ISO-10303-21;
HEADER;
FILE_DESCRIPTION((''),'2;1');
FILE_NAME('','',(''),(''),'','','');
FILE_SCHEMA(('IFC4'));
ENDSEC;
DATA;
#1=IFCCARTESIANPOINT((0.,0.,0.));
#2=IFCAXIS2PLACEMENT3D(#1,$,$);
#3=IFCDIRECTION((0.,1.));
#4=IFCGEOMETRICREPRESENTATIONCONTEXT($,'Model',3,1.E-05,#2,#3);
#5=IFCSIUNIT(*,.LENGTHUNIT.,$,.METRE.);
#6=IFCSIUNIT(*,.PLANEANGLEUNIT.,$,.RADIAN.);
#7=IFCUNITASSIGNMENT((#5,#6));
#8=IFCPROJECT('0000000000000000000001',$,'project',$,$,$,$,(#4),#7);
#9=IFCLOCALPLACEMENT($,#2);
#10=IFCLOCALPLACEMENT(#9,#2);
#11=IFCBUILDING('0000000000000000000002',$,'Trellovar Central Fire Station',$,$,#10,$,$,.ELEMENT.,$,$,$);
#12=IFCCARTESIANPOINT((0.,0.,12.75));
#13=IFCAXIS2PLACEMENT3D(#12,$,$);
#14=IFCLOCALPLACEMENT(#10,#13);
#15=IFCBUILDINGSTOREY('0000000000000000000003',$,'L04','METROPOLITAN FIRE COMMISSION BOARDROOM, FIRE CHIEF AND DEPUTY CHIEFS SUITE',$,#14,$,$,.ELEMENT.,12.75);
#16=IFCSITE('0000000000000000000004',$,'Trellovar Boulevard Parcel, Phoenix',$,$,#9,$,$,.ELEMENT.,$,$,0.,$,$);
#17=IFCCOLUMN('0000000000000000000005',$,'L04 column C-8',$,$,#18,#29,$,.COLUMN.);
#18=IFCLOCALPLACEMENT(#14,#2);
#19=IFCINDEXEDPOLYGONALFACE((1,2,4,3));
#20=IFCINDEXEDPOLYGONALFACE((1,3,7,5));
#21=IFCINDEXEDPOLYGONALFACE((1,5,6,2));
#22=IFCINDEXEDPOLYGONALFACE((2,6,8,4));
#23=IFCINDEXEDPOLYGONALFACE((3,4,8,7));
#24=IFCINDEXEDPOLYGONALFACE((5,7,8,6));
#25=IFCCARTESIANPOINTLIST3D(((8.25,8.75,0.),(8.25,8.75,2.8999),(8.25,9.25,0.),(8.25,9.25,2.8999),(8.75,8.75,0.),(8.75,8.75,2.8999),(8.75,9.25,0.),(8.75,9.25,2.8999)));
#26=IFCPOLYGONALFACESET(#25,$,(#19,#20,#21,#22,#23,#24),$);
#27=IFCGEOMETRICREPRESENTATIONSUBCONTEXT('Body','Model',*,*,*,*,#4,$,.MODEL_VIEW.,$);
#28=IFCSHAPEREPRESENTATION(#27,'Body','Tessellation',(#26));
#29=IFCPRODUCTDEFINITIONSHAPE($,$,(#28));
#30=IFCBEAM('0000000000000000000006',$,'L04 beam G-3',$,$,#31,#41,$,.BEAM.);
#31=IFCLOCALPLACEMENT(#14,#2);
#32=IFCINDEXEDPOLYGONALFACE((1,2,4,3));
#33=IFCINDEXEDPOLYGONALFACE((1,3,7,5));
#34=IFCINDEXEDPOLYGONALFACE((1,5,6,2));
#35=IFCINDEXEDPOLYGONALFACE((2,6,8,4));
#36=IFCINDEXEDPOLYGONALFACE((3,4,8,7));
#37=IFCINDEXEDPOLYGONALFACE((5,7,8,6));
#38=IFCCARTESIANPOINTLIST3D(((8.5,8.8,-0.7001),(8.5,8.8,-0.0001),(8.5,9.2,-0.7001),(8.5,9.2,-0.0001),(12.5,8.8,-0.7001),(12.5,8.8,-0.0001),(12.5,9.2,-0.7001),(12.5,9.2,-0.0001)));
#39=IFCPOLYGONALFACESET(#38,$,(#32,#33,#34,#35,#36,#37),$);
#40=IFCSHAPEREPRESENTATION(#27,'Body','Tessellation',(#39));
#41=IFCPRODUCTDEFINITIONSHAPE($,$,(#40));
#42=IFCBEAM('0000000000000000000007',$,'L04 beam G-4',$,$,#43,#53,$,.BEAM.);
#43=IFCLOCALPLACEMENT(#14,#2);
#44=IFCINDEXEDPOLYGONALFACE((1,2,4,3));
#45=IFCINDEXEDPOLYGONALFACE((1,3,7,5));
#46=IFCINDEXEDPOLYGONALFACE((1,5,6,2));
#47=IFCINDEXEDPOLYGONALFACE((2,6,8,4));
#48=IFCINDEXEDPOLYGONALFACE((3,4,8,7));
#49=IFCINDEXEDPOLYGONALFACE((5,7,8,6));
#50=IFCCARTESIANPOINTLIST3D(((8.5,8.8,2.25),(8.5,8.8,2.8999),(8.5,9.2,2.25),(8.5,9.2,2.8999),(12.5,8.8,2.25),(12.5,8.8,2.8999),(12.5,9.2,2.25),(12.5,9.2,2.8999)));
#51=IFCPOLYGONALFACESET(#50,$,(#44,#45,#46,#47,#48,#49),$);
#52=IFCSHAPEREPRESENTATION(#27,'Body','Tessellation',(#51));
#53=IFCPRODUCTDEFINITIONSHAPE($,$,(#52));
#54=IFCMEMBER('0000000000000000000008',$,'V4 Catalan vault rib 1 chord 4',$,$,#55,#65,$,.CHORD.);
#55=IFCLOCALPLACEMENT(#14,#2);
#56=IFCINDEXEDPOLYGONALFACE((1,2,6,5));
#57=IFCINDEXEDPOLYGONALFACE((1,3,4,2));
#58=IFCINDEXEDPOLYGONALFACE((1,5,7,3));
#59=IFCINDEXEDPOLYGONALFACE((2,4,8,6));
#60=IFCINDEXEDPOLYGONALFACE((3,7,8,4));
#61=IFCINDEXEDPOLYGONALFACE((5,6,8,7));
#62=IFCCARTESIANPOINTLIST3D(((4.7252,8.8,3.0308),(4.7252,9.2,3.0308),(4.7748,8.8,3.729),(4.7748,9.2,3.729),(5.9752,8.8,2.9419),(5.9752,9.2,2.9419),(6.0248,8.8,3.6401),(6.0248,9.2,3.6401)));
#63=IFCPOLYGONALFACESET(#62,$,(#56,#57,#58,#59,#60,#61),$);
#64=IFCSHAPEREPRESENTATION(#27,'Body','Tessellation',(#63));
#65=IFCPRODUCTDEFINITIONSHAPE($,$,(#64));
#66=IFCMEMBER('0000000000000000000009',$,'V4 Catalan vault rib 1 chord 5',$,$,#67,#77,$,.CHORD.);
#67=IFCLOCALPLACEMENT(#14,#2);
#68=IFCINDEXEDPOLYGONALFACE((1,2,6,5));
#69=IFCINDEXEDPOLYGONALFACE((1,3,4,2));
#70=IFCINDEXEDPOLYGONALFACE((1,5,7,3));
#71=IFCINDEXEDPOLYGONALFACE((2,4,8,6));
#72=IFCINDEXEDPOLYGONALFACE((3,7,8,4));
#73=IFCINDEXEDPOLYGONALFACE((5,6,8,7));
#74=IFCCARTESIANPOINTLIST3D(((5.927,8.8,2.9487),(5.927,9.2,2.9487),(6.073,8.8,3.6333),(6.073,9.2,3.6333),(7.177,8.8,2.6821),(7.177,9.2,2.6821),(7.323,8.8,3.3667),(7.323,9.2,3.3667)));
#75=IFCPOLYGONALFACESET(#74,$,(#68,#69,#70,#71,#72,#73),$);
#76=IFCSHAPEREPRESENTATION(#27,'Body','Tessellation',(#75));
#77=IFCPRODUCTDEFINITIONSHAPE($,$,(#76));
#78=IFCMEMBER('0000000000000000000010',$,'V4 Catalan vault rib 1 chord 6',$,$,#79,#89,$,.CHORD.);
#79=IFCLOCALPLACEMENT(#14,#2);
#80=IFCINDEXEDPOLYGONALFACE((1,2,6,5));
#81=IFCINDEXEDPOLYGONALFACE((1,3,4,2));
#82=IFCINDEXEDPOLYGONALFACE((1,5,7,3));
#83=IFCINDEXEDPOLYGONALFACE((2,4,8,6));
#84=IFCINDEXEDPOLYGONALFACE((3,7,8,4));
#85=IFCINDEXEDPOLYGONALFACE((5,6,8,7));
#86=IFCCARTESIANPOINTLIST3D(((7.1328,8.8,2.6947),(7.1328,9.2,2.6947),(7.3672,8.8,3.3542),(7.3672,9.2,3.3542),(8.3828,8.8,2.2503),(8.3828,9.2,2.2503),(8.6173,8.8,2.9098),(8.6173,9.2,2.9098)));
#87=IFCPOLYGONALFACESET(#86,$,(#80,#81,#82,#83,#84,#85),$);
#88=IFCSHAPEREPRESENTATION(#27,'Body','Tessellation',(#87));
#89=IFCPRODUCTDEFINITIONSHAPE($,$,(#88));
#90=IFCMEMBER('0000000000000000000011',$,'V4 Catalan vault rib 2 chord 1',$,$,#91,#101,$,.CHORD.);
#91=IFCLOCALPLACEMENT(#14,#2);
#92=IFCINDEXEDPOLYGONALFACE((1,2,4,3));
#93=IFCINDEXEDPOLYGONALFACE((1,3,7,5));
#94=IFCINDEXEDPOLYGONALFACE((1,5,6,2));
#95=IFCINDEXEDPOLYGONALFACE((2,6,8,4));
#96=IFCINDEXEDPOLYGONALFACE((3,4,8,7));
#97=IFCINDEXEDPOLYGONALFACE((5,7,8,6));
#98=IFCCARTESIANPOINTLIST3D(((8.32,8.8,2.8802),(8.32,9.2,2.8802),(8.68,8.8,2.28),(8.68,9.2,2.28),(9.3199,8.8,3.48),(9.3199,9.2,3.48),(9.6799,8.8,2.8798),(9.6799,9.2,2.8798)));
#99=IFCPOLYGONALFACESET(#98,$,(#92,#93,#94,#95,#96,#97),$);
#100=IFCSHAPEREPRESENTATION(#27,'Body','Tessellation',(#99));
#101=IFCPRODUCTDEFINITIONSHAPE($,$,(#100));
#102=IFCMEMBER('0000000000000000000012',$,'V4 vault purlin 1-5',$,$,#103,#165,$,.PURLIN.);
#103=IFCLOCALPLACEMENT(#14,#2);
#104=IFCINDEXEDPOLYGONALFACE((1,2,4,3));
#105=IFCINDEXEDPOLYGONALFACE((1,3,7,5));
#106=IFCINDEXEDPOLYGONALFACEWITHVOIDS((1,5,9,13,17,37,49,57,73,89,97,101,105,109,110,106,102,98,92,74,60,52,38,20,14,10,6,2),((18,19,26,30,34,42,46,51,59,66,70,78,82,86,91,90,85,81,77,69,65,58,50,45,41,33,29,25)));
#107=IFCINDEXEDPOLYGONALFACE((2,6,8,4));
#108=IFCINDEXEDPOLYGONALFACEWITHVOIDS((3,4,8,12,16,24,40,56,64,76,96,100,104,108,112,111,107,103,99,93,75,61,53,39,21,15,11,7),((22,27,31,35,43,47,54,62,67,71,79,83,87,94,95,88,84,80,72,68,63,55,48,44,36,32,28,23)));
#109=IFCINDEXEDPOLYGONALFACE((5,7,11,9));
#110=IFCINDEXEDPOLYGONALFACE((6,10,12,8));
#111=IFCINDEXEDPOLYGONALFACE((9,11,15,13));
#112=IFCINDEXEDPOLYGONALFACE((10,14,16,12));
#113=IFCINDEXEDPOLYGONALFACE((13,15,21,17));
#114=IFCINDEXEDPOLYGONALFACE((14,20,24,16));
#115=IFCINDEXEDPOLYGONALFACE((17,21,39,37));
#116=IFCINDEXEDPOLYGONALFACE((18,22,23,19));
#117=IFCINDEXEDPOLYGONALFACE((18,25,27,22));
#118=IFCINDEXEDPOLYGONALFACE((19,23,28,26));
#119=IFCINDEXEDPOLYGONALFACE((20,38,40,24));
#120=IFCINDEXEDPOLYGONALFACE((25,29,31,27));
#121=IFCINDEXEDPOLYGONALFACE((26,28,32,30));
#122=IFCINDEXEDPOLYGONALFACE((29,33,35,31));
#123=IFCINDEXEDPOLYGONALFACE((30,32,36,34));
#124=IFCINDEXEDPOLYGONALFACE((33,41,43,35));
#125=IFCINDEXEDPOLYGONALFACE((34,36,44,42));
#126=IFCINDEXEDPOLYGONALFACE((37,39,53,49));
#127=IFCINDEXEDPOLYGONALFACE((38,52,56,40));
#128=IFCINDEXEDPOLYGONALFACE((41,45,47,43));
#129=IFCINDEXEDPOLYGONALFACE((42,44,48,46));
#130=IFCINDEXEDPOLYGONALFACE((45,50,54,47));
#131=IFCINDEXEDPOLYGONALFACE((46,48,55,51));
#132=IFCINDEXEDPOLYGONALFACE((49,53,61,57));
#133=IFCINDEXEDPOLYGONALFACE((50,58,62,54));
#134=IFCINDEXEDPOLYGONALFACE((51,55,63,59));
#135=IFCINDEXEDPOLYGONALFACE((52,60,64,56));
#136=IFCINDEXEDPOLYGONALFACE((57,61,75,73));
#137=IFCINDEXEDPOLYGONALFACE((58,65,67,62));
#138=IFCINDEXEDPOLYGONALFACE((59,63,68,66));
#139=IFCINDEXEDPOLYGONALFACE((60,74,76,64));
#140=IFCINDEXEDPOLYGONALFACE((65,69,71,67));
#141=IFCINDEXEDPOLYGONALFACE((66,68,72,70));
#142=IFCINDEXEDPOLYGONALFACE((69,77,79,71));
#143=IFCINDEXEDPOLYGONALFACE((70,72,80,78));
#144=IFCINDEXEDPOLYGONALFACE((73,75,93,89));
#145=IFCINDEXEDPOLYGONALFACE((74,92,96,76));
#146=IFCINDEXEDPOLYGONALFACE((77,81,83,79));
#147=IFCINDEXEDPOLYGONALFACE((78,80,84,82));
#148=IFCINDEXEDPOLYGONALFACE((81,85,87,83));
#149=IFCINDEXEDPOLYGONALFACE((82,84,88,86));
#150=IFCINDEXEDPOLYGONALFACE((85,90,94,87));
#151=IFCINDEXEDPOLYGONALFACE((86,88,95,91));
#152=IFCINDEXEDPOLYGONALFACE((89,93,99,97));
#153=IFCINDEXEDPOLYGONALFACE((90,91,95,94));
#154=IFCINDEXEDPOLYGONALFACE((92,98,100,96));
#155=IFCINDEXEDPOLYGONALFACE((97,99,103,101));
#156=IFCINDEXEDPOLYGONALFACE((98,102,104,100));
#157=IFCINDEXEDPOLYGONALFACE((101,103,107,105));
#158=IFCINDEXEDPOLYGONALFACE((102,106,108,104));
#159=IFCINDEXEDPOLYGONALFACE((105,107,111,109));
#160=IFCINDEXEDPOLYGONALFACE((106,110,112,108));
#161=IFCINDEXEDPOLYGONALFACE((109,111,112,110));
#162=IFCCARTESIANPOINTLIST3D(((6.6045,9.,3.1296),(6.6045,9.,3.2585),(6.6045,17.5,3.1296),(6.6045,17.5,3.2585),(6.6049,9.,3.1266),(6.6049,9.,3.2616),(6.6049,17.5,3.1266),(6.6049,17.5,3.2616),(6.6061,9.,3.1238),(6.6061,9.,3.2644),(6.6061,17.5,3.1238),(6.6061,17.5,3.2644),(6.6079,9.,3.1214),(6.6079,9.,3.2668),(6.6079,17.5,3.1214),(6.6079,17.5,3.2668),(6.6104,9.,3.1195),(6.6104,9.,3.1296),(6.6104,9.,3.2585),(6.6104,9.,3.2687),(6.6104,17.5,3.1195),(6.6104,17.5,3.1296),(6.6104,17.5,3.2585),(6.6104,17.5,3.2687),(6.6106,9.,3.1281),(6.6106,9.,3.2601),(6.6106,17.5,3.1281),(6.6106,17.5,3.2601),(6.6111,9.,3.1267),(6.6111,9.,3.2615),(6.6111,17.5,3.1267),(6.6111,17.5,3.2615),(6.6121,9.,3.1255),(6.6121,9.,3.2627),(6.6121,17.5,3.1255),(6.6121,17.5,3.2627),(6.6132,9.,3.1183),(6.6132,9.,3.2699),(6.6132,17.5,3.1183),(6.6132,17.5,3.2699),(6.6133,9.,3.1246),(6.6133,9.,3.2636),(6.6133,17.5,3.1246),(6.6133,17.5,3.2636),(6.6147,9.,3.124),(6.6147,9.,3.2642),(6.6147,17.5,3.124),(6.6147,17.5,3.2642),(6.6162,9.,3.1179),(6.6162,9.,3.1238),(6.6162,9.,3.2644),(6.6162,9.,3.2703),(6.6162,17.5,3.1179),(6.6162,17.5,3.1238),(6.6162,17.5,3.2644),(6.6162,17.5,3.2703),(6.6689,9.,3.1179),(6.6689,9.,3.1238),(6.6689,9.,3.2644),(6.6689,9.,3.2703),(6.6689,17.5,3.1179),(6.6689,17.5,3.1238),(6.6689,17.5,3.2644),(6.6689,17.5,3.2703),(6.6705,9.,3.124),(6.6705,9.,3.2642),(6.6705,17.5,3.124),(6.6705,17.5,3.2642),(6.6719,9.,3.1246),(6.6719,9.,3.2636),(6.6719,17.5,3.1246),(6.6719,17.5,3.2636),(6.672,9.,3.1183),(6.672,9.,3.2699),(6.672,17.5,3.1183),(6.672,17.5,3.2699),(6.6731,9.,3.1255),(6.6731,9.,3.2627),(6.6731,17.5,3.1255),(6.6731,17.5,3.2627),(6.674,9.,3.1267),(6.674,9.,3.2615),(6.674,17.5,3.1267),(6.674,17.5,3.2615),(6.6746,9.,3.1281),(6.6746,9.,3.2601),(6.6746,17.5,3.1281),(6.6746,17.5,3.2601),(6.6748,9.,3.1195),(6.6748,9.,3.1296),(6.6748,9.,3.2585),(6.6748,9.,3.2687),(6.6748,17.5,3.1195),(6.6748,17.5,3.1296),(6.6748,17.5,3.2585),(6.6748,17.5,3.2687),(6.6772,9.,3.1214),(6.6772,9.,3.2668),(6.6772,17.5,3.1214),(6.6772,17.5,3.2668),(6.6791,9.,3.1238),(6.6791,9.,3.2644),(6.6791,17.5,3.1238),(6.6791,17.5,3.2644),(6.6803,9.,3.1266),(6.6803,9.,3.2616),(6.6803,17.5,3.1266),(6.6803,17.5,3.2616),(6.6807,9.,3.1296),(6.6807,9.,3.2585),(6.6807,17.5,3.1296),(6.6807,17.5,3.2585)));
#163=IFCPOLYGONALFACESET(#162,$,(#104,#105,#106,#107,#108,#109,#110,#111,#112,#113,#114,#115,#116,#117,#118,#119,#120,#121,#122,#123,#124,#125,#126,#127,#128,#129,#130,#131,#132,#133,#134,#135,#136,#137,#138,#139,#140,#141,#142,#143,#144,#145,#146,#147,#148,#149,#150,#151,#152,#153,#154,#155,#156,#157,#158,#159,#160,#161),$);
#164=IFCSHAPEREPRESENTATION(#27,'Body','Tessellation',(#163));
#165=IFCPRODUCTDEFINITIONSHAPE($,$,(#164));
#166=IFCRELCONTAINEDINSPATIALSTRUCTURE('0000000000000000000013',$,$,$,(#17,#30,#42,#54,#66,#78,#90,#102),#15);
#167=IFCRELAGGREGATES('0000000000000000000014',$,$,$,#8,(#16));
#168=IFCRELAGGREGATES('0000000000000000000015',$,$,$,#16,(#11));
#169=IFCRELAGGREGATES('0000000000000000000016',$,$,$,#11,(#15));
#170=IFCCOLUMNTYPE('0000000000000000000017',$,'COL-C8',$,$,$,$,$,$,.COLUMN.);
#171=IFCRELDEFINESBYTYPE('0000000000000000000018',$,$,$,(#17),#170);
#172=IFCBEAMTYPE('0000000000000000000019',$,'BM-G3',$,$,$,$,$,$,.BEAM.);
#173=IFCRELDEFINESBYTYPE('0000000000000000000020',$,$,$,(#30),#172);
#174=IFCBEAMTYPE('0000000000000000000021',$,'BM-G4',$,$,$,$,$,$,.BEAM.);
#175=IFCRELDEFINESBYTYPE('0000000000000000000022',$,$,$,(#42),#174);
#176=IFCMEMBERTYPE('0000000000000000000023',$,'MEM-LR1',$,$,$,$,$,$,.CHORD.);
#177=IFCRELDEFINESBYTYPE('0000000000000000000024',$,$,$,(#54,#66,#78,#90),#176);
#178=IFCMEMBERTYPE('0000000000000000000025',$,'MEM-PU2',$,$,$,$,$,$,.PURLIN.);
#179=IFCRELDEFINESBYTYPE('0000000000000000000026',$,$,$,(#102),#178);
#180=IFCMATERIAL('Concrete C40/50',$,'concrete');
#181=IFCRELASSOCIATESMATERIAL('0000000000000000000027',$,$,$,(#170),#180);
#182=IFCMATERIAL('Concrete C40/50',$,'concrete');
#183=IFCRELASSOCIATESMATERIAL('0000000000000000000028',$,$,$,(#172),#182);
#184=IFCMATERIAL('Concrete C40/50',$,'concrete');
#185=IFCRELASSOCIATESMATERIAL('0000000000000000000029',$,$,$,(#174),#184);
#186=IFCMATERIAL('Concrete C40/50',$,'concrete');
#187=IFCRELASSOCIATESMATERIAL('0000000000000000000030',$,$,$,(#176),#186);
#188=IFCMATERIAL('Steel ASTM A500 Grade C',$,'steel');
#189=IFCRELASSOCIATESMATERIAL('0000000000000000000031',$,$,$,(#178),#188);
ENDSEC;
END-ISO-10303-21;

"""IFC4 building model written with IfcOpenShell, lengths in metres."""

from ifc_helpers import new_model, si_unit, direction, frame, origin, origin_2d, place, context, subcontext, project, spatial, rectangle, hollow_rectangle, extrude, material, material_profile, profile_set, type_object, element, save


model = new_model("IFC4")

# Units and contexts
model_context = context("Model", 3, precision=1e-05, world=origin(), true_north=direction((0.0, 1.0)))
body_context = subcontext(model_context, "Body", "Model", "MODEL_VIEW")
ifc_project = project(units=[si_unit("LENGTHUNIT", "METRE"), si_unit("PLANEANGLEUNIT", "RADIAN")], contexts=[model_context])

# Site, building, storey
site_placement = place(None, origin())
site = spatial("IfcSite", under=ifc_project, at=site_placement, Name="Trellovar Boulevard Parcel, Phoenix", CompositionType="ELEMENT", RefElevation=0.0)
building_placement = place(site_placement, origin())
building = spatial("IfcBuilding", under=site, at=building_placement, Name="Trellovar Central Fire Station", CompositionType="ELEMENT")
storey_placement = place(building_placement, frame((0.0, 0.0, 12.75)))
storey = spatial("IfcBuildingStorey", under=building, at=storey_placement, Name="L04", Description="METROPOLITAN FIRE COMMISSION BOARDROOM, FIRE CHIEF AND DEPUTY CHIEFS SUITE", CompositionType="ELEMENT", Elevation=12.75)

# Column
ifc_material_1 = material(Name="Concrete C40/50", Category="concrete")
ifc_material_profile_1 = material_profile(ifc_material_1, rectangle(XDim=0.5, YDim=0.5, at=origin_2d()), Name="RC500X500")
ifc_profile_set_1 = profile_set([ifc_material_profile_1], Name="Concrete C40/50")
column_type = type_object("IfcColumnType", Name="COL-C8", PredefinedType="COLUMN", material=ifc_profile_set_1)
column_placement = place(storey_placement, frame((8.5, 9.0, 0.0), z_axis=(0.0, 0.0, 1.0), x_axis=(1.0, 0.0, 0.0)))
element("IfcColumn", 1, at=column_placement, inside=storey, type_object=column_type, Name="L04 column C-8", PredefinedType="COLUMN", context=body_context, shape_type="SweptSolid", body=[
    extrude(rectangle(XDim=0.5, YDim=0.5, at=origin_2d()), origin(), (0.0, 0.0, 1.0), 2.8999),
])

# Beams
ifc_material_2 = material(Name="Concrete C40/50", Category="concrete")
ifc_material_profile_2 = material_profile(ifc_material_2, rectangle(XDim=0.3999, YDim=0.7, at=origin_2d()), Name="RC400X700")
ifc_profile_set_2 = profile_set([ifc_material_profile_2], Name="Concrete C40/50")
beam_type_1 = type_object("IfcBeamType", Name="BM-G3", PredefinedType="BEAM", material=ifc_profile_set_2)
beam_1_placement = place(storey_placement, frame((8.5, 9.0, -0.3501), z_axis=(1.0, 0.0, 0.0), x_axis=(0.0, 1.0, 0.0)))
element("IfcBeam", 2, at=beam_1_placement, inside=storey, type_object=beam_type_1, Name="L04 beam G-3", PredefinedType="BEAM", context=body_context, shape_type="SweptSolid", body=[
    extrude(rectangle(XDim=0.3999, YDim=0.7, at=origin_2d()), origin(), (0.0, 0.0, 1.0), 4.0),
])
ifc_material_3 = material(Name="Concrete C40/50", Category="concrete")
ifc_material_profile_3 = material_profile(ifc_material_3, rectangle(XDim=0.3999, YDim=0.6499, at=origin_2d()), Name="RC400X650")
ifc_profile_set_3 = profile_set([ifc_material_profile_3], Name="Concrete C40/50")
beam_type_2 = type_object("IfcBeamType", Name="BM-G4", PredefinedType="BEAM", material=ifc_profile_set_3)
beam_2_placement = place(storey_placement, frame((8.5, 9.0, 2.575), z_axis=(1.0, 0.0, 0.0), x_axis=(0.0, 1.0, 0.0)))
element("IfcBeam", 3, at=beam_2_placement, inside=storey, type_object=beam_type_2, Name="L04 beam G-4", PredefinedType="BEAM", context=body_context, shape_type="SweptSolid", body=[
    extrude(rectangle(XDim=0.3999, YDim=0.6499, at=origin_2d()), origin(), (0.0, 0.0, 1.0), 4.0),
])

# Members
ifc_material_4 = material(Name="Concrete C40/50", Category="concrete")
ifc_material_profile_4 = material_profile(ifc_material_4, rectangle(XDim=0.3999, YDim=0.7, at=origin_2d()), Name="RC400X700")
ifc_profile_set_4 = profile_set([ifc_material_profile_4], Name="Concrete C40/50")
member_type_1 = type_object("IfcMemberType", Name="MEM-LR1", PredefinedType="CHORD", material=ifc_profile_set_4)
member_1_placement = place(storey_placement, frame((4.75, 9.0, 3.3799), z_axis=(0.997482, 0.0, -0.070915), x_axis=(0.0, 1.0, 0.0)))
element("IfcMember", 4, at=member_1_placement, inside=storey, type_object=member_type_1, Name="V4 Catalan vault rib 1 chord 4", PredefinedType="CHORD", context=body_context, shape_type="SweptSolid", body=[
    extrude(rectangle(XDim=0.3999, YDim=0.7, at=origin_2d()), origin(), (0.0, 0.0, 1.0), 1.2532),
])
member_2_placement = place(storey_placement, frame((6.0, 9.0, 3.291), z_axis=(0.978003, 0.0, -0.20859), x_axis=(0.0, 1.0, 0.0)))
element("IfcMember", 5, at=member_2_placement, inside=storey, type_object=member_type_1, Name="V4 Catalan vault rib 1 chord 5", PredefinedType="CHORD", context=body_context, shape_type="SweptSolid", body=[
    extrude(rectangle(XDim=0.3999, YDim=0.7, at=origin_2d()), origin(), (0.0, 0.0, 1.0), 1.2781),
])
member_3_placement = place(storey_placement, frame((7.25, 9.0, 3.0244), z_axis=(0.942241, 0.0, -0.334937), x_axis=(0.0, 1.0, 0.0)))
element("IfcMember", 6, at=member_3_placement, inside=storey, type_object=member_type_1, Name="V4 Catalan vault rib 1 chord 6", PredefinedType="CHORD", context=body_context, shape_type="SweptSolid", body=[
    extrude(rectangle(XDim=0.3999, YDim=0.7, at=origin_2d()), origin(), (0.0, 0.0, 1.0), 1.3267),
])
member_4_placement = place(storey_placement, frame((8.5, 9.0, 2.5801), z_axis=(0.857548, 0.0, 0.514403), x_axis=(0.0, 1.0, 0.0)))
element("IfcMember", 7, at=member_4_placement, inside=storey, type_object=member_type_1, Name="V4 Catalan vault rib 2 chord 1", PredefinedType="CHORD", context=body_context, shape_type="SweptSolid", body=[
    extrude(rectangle(XDim=0.3999, YDim=0.7, at=origin_2d()), origin(), (0.0, 0.0, 1.0), 1.166),
])
ifc_material_5 = material(Name="Steel ASTM A500 Grade C", Category="steel")
ifc_material_profile_5 = material_profile(ifc_material_5, hollow_rectangle(XDim=0.0762, YDim=0.1523, WallThickness=0.0059, InnerFilletRadius=0.0059, OuterFilletRadius=0.0117, at=origin_2d()), Name="HSS6X3X1/4")
ifc_profile_set_5 = profile_set([ifc_material_profile_5], Name="Steel ASTM A500 Grade C")
member_type_2 = type_object("IfcMemberType", Name="MEM-PU2", PredefinedType="PURLIN", material=ifc_profile_set_5)
member_5_placement = place(storey_placement, frame((6.6426, 9.0, 3.1941), z_axis=(0.0, 1.0, 0.0), x_axis=(-1.0, 0.0, 0.0)))
element("IfcMember", 8, at=member_5_placement, inside=storey, type_object=member_type_2, Name="V4 vault purlin 1-5", PredefinedType="PURLIN", context=body_context, shape_type="SweptSolid", body=[
    extrude(hollow_rectangle(XDim=0.0762, YDim=0.1523, WallThickness=0.0059, InnerFilletRadius=0.0059, OuterFilletRadius=0.0117, at=origin_2d()), origin(), (0.0, 0.0, 1.0), 8.5),
])

save(model, "model.ifc")
